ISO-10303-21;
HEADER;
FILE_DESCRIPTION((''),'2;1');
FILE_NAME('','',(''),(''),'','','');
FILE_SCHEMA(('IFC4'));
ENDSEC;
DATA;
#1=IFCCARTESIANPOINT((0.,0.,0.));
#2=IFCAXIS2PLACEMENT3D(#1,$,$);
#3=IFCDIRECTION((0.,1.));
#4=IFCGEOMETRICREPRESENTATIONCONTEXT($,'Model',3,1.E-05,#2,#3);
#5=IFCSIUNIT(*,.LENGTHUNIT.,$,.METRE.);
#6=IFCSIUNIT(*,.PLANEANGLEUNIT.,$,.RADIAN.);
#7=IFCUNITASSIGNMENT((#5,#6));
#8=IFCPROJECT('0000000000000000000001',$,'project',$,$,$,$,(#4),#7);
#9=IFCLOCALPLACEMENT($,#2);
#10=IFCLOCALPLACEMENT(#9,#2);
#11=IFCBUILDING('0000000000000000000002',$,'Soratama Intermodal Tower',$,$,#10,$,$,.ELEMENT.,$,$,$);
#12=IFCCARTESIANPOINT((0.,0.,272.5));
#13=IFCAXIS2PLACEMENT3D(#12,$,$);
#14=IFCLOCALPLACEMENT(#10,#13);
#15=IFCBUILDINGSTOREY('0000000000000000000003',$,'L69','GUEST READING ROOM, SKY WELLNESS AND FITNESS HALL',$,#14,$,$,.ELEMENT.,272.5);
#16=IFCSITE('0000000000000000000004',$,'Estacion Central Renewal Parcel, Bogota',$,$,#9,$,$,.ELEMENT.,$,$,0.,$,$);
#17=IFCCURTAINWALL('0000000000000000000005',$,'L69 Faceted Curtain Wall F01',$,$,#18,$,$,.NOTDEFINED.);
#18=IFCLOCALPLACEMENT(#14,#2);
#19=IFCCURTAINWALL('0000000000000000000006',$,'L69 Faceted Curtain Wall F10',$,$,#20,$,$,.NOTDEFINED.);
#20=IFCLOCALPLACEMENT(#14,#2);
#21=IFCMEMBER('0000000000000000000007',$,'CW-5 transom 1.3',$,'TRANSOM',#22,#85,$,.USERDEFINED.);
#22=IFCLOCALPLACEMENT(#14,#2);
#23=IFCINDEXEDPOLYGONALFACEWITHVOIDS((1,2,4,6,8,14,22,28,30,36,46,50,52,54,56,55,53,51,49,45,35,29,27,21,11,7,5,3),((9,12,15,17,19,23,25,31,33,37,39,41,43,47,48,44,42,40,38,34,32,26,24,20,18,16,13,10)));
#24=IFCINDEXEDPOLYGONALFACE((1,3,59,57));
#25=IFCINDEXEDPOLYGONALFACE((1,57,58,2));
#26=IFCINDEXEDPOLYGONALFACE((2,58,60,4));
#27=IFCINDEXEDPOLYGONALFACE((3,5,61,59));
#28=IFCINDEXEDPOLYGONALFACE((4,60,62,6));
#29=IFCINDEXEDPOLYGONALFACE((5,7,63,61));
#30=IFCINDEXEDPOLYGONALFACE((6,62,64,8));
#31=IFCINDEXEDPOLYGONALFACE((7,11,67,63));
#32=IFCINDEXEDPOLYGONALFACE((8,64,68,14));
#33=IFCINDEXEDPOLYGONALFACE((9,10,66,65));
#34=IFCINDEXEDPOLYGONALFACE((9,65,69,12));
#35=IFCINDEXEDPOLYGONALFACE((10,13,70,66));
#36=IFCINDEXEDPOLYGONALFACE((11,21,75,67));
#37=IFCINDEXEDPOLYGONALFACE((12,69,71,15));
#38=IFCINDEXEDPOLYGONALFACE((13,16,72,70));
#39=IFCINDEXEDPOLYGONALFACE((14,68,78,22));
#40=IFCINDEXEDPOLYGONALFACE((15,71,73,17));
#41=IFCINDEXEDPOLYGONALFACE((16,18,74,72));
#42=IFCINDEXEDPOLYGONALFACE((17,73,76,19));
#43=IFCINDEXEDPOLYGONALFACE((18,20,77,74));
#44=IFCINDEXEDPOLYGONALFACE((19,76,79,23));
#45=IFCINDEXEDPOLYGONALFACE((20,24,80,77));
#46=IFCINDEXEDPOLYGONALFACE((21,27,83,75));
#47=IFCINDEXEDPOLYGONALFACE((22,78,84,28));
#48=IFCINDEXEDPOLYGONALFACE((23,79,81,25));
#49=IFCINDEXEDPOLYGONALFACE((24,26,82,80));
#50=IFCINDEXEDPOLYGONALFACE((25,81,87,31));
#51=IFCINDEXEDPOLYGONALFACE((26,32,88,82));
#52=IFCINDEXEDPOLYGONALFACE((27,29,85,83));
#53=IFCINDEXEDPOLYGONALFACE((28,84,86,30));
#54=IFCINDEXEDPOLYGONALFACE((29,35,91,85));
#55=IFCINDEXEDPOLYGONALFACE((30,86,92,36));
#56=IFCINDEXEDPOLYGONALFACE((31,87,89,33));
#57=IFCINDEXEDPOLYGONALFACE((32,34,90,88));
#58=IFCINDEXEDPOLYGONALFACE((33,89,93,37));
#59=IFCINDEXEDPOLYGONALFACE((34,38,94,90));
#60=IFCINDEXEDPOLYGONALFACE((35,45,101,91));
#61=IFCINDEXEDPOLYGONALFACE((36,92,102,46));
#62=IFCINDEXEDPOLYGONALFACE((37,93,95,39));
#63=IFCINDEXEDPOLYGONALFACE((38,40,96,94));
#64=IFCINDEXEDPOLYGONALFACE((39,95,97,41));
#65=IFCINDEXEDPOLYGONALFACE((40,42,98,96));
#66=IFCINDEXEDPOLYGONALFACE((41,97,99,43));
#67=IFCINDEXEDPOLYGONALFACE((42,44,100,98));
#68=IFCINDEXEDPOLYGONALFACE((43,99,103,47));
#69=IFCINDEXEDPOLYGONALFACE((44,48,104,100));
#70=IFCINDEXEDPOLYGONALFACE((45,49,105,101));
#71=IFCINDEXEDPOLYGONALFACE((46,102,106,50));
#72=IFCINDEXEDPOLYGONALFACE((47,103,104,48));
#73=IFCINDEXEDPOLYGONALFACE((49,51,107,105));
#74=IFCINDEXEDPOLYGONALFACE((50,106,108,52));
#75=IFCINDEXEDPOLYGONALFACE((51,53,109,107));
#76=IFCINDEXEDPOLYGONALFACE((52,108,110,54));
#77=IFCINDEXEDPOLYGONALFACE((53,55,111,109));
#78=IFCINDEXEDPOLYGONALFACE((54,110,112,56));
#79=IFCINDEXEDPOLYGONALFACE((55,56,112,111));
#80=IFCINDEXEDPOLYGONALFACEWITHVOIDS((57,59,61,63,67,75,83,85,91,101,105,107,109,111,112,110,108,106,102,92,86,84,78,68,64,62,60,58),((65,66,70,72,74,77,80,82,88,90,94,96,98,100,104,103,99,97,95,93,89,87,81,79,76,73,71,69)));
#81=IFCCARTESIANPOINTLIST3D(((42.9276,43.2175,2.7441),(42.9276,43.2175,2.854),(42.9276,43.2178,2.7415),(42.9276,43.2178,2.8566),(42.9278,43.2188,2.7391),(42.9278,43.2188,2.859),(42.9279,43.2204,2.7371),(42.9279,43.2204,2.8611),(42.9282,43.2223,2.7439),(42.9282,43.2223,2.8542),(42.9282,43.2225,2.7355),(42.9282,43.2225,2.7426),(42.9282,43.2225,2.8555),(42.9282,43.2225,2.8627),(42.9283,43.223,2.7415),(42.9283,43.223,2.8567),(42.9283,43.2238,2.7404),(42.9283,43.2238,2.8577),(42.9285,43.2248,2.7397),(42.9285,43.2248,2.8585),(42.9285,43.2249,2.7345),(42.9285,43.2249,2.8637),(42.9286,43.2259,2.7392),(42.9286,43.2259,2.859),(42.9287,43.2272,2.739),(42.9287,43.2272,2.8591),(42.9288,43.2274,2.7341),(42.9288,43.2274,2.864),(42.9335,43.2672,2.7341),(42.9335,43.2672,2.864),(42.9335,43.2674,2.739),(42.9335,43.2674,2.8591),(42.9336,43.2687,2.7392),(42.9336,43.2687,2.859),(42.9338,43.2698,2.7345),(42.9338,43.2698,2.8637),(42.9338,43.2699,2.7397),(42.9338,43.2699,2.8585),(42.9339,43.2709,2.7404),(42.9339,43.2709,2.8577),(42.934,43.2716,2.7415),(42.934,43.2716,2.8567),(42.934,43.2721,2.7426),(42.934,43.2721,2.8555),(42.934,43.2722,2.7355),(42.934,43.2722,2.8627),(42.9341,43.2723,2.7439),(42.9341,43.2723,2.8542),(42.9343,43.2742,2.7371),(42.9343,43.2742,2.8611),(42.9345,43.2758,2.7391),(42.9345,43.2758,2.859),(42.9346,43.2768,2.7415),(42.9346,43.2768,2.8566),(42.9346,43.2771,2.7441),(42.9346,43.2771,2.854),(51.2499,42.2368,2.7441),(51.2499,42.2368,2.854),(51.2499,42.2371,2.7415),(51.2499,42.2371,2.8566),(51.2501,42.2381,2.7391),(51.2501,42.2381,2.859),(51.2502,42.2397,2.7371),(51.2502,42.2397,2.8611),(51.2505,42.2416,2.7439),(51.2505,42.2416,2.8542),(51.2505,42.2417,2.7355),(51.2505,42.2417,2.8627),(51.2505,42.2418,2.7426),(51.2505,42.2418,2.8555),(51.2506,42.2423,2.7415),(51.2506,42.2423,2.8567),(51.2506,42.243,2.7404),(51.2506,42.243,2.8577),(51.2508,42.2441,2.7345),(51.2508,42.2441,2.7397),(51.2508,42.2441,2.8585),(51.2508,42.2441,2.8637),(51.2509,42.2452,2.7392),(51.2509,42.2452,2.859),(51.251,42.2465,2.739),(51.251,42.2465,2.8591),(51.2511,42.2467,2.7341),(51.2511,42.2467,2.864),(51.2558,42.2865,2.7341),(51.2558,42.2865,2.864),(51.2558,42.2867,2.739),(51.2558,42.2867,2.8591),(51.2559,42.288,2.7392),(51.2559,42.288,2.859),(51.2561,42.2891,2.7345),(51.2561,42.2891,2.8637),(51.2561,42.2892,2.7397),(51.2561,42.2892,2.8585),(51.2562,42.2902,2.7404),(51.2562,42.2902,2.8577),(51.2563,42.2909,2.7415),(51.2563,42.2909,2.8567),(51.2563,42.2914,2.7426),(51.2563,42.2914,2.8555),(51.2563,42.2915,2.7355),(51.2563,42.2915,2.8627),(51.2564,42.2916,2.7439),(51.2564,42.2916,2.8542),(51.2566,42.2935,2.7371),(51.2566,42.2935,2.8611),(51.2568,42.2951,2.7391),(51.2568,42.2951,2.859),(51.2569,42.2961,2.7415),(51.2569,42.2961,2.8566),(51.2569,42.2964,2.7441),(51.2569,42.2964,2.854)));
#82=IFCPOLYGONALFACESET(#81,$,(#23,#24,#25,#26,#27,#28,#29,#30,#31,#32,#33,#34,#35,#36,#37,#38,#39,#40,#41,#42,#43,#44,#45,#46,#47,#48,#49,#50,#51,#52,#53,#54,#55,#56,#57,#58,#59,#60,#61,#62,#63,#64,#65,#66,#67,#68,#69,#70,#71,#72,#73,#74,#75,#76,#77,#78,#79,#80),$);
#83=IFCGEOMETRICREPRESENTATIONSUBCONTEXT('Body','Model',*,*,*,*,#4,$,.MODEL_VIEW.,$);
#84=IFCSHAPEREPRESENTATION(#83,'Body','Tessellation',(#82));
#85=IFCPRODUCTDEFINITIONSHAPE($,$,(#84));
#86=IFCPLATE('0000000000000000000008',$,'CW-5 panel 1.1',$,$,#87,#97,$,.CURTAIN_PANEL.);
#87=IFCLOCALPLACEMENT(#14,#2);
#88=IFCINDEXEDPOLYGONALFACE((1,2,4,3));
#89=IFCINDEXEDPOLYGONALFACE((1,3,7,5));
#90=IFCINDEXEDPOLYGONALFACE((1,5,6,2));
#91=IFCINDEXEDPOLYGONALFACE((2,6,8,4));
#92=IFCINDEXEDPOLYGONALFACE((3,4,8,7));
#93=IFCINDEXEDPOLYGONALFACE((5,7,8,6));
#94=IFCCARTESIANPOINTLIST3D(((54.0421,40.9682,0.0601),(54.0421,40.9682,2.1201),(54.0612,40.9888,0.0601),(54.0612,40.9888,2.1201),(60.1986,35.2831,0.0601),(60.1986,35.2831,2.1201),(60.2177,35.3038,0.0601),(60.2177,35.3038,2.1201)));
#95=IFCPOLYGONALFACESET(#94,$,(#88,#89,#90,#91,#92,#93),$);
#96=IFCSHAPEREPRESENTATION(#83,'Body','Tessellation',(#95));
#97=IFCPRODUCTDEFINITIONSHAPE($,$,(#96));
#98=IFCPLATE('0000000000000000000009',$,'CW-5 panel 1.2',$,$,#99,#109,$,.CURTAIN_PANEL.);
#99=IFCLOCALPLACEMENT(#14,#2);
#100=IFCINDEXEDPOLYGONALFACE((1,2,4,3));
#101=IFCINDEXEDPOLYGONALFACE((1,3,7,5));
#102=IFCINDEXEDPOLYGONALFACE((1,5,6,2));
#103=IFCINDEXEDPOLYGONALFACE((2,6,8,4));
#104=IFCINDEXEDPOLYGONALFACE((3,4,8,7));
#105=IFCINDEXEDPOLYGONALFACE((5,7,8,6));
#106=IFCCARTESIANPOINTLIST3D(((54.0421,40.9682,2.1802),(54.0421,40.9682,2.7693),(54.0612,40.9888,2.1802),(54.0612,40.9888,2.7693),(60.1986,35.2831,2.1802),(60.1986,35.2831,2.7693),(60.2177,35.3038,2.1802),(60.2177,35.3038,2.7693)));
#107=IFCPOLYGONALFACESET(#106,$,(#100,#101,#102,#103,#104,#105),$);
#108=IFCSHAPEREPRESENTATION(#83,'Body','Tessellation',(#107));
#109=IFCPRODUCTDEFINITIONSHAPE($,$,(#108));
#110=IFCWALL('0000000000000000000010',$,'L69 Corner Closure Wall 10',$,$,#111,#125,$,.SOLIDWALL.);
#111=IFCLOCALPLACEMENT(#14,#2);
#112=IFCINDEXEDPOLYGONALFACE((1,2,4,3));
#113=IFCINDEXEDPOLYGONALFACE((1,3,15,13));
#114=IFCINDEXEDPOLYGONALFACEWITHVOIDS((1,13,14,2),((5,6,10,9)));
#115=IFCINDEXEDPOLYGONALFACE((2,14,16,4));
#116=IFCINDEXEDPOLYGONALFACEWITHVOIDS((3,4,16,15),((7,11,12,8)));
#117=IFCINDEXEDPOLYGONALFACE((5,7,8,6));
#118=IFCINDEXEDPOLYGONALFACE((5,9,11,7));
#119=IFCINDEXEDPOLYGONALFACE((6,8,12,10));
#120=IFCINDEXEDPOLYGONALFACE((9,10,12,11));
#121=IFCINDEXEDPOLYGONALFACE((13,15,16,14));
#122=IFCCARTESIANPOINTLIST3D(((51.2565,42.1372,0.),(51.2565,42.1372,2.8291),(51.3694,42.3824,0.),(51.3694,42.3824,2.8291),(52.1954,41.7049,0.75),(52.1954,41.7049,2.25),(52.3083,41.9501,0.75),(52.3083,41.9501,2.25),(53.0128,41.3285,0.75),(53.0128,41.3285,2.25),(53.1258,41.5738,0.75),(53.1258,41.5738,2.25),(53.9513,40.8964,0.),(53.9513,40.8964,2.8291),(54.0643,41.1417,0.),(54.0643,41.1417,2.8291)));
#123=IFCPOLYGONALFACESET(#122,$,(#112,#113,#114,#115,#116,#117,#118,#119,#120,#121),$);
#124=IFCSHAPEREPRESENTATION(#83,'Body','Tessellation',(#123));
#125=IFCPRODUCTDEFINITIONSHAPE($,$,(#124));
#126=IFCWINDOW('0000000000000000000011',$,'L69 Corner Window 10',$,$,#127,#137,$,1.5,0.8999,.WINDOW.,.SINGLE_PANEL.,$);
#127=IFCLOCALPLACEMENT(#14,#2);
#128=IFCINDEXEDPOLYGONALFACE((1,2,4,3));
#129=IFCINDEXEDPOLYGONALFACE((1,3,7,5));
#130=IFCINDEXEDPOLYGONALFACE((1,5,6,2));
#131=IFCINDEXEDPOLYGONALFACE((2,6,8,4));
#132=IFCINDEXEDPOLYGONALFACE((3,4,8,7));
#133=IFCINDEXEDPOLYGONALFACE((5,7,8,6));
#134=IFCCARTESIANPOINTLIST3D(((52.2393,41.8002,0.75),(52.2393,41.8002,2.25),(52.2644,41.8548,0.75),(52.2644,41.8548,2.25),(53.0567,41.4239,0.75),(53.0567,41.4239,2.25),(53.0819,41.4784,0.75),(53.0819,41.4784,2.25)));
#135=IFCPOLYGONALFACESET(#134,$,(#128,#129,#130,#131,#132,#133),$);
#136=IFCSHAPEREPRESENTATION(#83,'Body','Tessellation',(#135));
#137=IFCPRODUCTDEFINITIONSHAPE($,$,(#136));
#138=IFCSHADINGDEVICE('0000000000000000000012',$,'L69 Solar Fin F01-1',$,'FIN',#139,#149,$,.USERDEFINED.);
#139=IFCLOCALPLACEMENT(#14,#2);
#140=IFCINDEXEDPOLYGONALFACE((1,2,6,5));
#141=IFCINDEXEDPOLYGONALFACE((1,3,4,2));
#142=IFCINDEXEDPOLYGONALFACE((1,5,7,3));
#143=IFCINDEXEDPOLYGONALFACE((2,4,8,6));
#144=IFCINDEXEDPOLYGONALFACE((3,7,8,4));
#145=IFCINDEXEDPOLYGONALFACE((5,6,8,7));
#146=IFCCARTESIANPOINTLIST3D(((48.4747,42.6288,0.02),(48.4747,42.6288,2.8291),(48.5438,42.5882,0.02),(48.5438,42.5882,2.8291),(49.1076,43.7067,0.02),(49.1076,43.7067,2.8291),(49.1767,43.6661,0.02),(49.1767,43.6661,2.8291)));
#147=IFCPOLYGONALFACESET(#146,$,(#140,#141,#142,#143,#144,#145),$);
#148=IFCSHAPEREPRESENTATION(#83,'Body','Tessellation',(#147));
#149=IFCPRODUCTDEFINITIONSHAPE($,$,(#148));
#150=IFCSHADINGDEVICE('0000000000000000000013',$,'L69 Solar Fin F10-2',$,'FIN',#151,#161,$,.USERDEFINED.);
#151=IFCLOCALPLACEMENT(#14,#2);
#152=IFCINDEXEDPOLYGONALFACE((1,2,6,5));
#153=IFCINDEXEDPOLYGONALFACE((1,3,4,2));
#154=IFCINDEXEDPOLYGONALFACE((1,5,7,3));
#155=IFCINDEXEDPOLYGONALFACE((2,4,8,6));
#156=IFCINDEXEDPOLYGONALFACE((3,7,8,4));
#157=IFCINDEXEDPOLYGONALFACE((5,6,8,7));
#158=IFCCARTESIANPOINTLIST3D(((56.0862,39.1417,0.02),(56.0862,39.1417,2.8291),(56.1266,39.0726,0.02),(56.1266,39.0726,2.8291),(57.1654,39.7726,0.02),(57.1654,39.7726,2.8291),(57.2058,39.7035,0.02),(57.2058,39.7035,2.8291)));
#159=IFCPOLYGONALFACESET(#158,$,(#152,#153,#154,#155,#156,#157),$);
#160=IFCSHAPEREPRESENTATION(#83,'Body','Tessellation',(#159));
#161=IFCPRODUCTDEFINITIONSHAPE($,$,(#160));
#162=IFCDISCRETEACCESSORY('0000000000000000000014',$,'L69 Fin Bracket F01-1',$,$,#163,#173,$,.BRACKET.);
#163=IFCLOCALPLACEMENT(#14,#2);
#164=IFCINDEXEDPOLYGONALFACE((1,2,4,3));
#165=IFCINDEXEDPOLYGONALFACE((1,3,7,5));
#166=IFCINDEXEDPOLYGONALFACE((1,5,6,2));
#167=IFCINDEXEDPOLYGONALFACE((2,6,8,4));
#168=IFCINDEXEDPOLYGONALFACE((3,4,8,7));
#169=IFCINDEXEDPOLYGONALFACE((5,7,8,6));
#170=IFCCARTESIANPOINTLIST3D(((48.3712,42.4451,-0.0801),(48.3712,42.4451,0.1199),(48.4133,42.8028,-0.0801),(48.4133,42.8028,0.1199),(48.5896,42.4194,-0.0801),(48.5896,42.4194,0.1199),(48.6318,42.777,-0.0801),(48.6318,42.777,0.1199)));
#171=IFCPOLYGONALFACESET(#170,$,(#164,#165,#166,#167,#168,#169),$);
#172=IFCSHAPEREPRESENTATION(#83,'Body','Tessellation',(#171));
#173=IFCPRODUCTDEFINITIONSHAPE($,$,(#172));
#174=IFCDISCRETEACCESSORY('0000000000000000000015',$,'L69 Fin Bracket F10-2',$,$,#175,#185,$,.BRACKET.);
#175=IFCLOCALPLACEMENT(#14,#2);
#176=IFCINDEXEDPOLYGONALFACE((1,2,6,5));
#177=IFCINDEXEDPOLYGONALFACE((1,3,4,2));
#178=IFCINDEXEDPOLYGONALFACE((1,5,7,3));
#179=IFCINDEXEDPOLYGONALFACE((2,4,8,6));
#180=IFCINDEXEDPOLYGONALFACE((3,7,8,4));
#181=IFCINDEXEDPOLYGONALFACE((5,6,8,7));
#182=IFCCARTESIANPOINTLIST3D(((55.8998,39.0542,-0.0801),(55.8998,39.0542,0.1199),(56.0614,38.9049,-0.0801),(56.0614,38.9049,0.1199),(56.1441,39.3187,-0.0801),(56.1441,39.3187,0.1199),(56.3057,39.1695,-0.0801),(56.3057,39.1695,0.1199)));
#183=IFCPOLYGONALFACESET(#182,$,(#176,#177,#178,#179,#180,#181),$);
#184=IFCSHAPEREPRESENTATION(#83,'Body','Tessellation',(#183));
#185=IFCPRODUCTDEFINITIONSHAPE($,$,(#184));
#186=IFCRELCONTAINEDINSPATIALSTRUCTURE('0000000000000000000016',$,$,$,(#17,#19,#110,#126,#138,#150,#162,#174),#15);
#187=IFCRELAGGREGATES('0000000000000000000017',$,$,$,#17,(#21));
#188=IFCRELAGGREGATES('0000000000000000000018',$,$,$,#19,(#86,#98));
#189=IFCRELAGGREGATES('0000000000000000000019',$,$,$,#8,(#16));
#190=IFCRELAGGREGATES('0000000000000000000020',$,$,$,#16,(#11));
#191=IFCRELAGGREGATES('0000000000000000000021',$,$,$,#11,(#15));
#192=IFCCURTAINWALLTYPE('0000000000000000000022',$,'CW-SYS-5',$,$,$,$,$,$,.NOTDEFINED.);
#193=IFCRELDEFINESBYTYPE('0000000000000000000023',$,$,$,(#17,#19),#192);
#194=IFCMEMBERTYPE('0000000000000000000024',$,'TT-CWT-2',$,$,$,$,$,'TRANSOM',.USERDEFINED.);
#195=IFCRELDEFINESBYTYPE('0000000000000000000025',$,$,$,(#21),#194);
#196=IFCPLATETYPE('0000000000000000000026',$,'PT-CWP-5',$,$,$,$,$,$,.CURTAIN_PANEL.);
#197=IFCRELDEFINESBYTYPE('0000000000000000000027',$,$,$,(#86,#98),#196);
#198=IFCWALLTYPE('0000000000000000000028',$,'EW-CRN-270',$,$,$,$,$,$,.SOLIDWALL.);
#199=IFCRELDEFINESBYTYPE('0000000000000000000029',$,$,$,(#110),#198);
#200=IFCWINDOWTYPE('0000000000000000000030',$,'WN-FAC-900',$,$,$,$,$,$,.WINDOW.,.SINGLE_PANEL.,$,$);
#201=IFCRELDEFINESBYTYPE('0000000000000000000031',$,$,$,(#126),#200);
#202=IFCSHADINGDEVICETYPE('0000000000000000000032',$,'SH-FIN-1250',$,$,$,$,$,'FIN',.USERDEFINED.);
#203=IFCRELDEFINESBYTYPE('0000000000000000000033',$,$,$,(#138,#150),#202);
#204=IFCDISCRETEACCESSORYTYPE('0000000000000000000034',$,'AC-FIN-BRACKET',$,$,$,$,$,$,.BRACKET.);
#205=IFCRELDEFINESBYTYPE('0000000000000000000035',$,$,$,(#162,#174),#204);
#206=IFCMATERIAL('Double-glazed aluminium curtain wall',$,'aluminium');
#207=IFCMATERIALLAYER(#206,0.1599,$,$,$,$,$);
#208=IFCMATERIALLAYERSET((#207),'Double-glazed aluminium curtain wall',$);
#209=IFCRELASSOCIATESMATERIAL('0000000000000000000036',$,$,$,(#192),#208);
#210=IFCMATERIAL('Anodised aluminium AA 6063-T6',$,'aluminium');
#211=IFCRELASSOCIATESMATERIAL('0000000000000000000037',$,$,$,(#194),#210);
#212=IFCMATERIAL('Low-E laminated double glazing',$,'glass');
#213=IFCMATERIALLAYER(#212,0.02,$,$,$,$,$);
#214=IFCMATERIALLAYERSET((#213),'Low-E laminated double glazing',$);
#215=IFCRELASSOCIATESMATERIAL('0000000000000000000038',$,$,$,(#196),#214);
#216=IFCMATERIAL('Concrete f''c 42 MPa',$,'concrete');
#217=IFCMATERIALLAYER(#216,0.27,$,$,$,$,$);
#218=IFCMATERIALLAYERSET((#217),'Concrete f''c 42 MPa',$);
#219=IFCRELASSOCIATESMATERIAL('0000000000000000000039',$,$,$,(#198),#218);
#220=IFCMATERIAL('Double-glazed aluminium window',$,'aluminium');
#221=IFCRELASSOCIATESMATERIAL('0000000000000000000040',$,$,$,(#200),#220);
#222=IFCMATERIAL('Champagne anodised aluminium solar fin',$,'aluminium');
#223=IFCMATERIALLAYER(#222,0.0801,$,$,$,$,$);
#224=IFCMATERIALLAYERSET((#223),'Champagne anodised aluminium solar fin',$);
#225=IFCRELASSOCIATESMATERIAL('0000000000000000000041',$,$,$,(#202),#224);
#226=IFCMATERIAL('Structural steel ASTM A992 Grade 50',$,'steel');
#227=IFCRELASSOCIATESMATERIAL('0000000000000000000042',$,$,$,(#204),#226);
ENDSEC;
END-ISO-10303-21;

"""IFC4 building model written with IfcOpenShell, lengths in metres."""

from ifc_helpers import new_model, si_unit, direction, frame, frame_2d, origin, origin_2d, place, context, subcontext, project, spatial, rectangle, hollow_rectangle, extrude, material, layer, layer_set, material_profile, profile_set, type_object, element, fill, aggregate, save


model = new_model("IFC4")

# Units and contexts
model_context = context("Model", 3, precision=1e-05, world=origin(), true_north=direction((0.0, 1.0)))
body_context = subcontext(model_context, "Body", "Model", "MODEL_VIEW")
ifc_project = project(units=[si_unit("LENGTHUNIT", "METRE"), si_unit("PLANEANGLEUNIT", "RADIAN")], contexts=[model_context])

# Site, building, storey
site_placement = place(None, origin())
site = spatial("IfcSite", under=ifc_project, at=site_placement, Name="Estacion Central Renewal Parcel, Bogota", CompositionType="ELEMENT", RefElevation=0.0)
building_placement = place(site_placement, origin())
building = spatial("IfcBuilding", under=site, at=building_placement, Name="Soratama Intermodal Tower", CompositionType="ELEMENT")
storey_placement = place(building_placement, frame((0.0, 0.0, 272.5)))
storey = spatial("IfcBuildingStorey", under=building, at=storey_placement, Name="L69", Description="GUEST READING ROOM, SKY WELLNESS AND FITNESS HALL", CompositionType="ELEMENT", Elevation=272.5)

# Curtain walls
ifc_material_1 = material(Name="Double-glazed aluminium curtain wall", Category="aluminium")
ifc_layer_1 = layer(ifc_material_1, 0.1599)
ifc_layer_set_1 = layer_set([ifc_layer_1], Name="Double-glazed aluminium curtain wall")
curtain_wall_type = type_object("IfcCurtainWallType", Name="CW-SYS-5", PredefinedType="NOTDEFINED", material=ifc_layer_set_1)
curtain_wall_1_placement = place(storey_placement, origin())
curtain_wall_1 = element("IfcCurtainWall", 1, at=curtain_wall_1_placement, inside=storey, type_object=curtain_wall_type, Name="L69 Faceted Curtain Wall F01", PredefinedType="NOTDEFINED")
curtain_wall_2_placement = place(storey_placement, origin())
curtain_wall_2 = element("IfcCurtainWall", 2, at=curtain_wall_2_placement, inside=storey, type_object=curtain_wall_type, Name="L69 Faceted Curtain Wall F10", PredefinedType="NOTDEFINED")

# Member
ifc_material_2 = material(Name="Anodised aluminium AA 6063-T6", Category="aluminium")
ifc_material_profile_1 = material_profile(ifc_material_2, hollow_rectangle(XDim=0.0601, YDim=0.1299, WallThickness=0.0049, InnerFilletRadius=0.0049, OuterFilletRadius=0.01, at=origin_2d()), Name="CWT130X60X5")
ifc_profile_set_1 = profile_set([ifc_material_profile_1], Name="Anodised aluminium AA 6063-T6")
member_type_1 = type_object("IfcMemberType", Name="TT-CWT-2", ElementType="TRANSOM", PredefinedType="USERDEFINED", material=ifc_profile_set_1)
member_1_placement = place(storey_placement, frame((51.2534, 42.2666, 2.7991), z_axis=(-0.993128, 0.117032, 0.0), x_axis=(-0.117032, -0.993128, 0.0)))
member_1 = element("IfcMember", 3, at=member_1_placement, type_object=member_type_1, Name="CW-5 transom 1.3", ObjectType="TRANSOM", PredefinedType="USERDEFINED", context=body_context, shape_type="SweptSolid", body=[
    extrude(hollow_rectangle(XDim=0.0601, YDim=0.1299, WallThickness=0.0049, InnerFilletRadius=0.0049, OuterFilletRadius=0.01, at=origin_2d()), origin(), (0.0, 0.0, 1.0), 8.3799),
])
aggregate(curtain_wall_1, [member_1])

# Plates
ifc_material_3 = material(Name="Low-E laminated double glazing", Category="glass")
ifc_layer_2 = layer(ifc_material_3, 0.02)
ifc_layer_set_2 = layer_set([ifc_layer_2], Name="Low-E laminated double glazing")
plate_type = type_object("IfcPlateType", Name="PT-CWP-5", PredefinedType="CURTAIN_PANEL", material=ifc_layer_set_2)
plate_1_placement = place(storey_placement, frame((57.1299, 38.136, 0.0601), z_axis=(0.0, 0.0, 1.0), x_axis=(-0.734677, 0.678417, 0.0)))
plate_1 = element("IfcPlate", 4, at=plate_1_placement, type_object=plate_type, Name="CW-5 panel 1.1", PredefinedType="CURTAIN_PANEL", context=body_context, shape_type="SweptSolid", body=[
    extrude(rectangle(XDim=8.3799, YDim=0.0281, at=origin_2d()), origin(), (0.0, 0.0, 1.0), 2.0601),
])
plate_2_placement = place(storey_placement, frame((57.1299, 38.136, 2.1802), z_axis=(0.0, 0.0, 1.0), x_axis=(-0.734677, 0.678417, 0.0)))
plate_2 = element("IfcPlate", 5, at=plate_2_placement, type_object=plate_type, Name="CW-5 panel 1.2", PredefinedType="CURTAIN_PANEL", context=body_context, shape_type="SweptSolid", body=[
    extrude(rectangle(XDim=8.3799, YDim=0.0281, at=origin_2d()), origin(), (0.0, 0.0, 1.0), 0.5891),
])
aggregate(curtain_wall_2, [plate_1, plate_2])

# Wall, opening, window
ifc_material_4 = material(Name="Concrete f'c 42 MPa", Category="concrete")
ifc_layer_3 = layer(ifc_material_4, 0.27)
ifc_layer_set_3 = layer_set([ifc_layer_3], Name="Concrete f'c 42 MPa")
wall_type = type_object("IfcWallType", Name="EW-CRN-270", PredefinedType="SOLIDWALL", material=ifc_layer_set_3)
wall_placement = place(storey_placement, frame((54.0078, 41.019, 0.0), z_axis=(0.0, 0.0, 1.0), x_axis=(-0.908349, 0.418213, 0.0)))
wall = element("IfcWall", 6, at=wall_placement, inside=storey, type_object=wall_type, Name="L69 Corner Closure Wall 10", PredefinedType="SOLIDWALL", context=body_context, shape_type="SweptSolid", body=[
    extrude(rectangle(XDim=2.9668, YDim=0.27, at=frame_2d((1.4834, 0.0))), origin(), (0.0, 0.0, 1.0), 2.8291),
])
opening_placement = place(wall_placement, frame((1.0332, 0.0, 0.75)))
opening = element("IfcOpeningElement", 7, at=opening_placement, cuts=wall, PredefinedType="OPENING", context=body_context, shape_type="SweptSolid", body=[
    extrude(rectangle(XDim=0.8999, YDim=1.5, at=frame_2d((0.45, 0.75))), frame((0.0, 0.145, 0.0), z_axis=(0.0, -1.0, 0.0), x_axis=(1.0, 0.0, 0.0)), (0.0, 0.0, 1.0), 0.29),
])
ifc_material_5 = material(Name="Double-glazed aluminium window", Category="aluminium")
window_type = type_object("IfcWindowType", Name="WN-FAC-900", PartitioningType="SINGLE_PANEL", PredefinedType="WINDOW", material=ifc_material_5)
window_placement = place(opening_placement, origin())
window = element("IfcWindow", 8, at=window_placement, inside=storey, type_object=window_type, Name="L69 Corner Window 10", OverallHeight=1.5, OverallWidth=0.8999, PartitioningType="SINGLE_PANEL", PredefinedType="WINDOW", context=body_context, shape_type="SweptSolid", body=[
    extrude(rectangle(XDim=0.8999, YDim=1.5, at=frame_2d((0.45, 0.75))), frame((0.0, 0.03, 0.0), z_axis=(0.0, -1.0, 0.0), x_axis=(1.0, 0.0, 0.0)), (0.0, 0.0, 1.0), 0.0601),
])
fill(opening, window)

# Shading devices
ifc_material_6 = material(Name="Champagne anodised aluminium solar fin", Category="aluminium")
ifc_layer_4 = layer(ifc_material_6, 0.0801)
ifc_layer_set_4 = layer_set([ifc_layer_4], Name="Champagne anodised aluminium solar fin")
shading_device_type = type_object("IfcShadingDeviceType", Name="SH-FIN-1250", ElementType="FIN", PredefinedType="USERDEFINED", material=ifc_layer_set_4)
for number, where, z_axis, x_axis, name in (
    (9, (48.8257, 43.1475, 0.02), (0.0, 0.0, 1.0), (0.506335, 0.862337, 0.0), "L69 Solar Fin F01-1"),
    (10, (56.646, 39.4226, 0.02), (0.0, 0.0, 1.0), (0.863307, 0.504678, 0.0), "L69 Solar Fin F10-2"),
):
    element("IfcShadingDevice", number, at=place(storey_placement, frame(where, z_axis=z_axis, x_axis=x_axis)), inside=storey, type_object=shading_device_type, Name=name, ObjectType="FIN", PredefinedType="USERDEFINED", context=body_context, shape_type="SweptSolid", body=[
        extrude(rectangle(XDim=1.25, YDim=0.0801, at=origin_2d()), origin(), (0.0, 0.0, 1.0), 2.8091),
    ])

# Discrete accessories
ifc_material_7 = material(Name="Structural steel ASTM A992 Grade 50", Category="steel")
discrete_accessory_type = type_object("IfcDiscreteAccessoryType", Name="AC-FIN-BRACKET", PredefinedType="BRACKET", material=ifc_material_7)
for number, where, z_axis, x_axis, name in (
    (11, (48.5015, 42.6111, -0.0801), (0.0, 0.0, 1.0), (0.117017, 0.99313, 0.0), "L69 Fin Bracket F01-1"),
    (12, (56.1028, 39.1118, -0.0801), (0.0, 0.0, 1.0), (0.678416, 0.734678, 0.0), "L69 Fin Bracket F10-2"),
):
    element("IfcDiscreteAccessory", number, at=place(storey_placement, frame(where, z_axis=z_axis, x_axis=x_axis)), inside=storey, type_object=discrete_accessory_type, Name=name, PredefinedType="BRACKET", context=body_context, shape_type="SweptSolid", body=[
        extrude(rectangle(XDim=0.3601, YDim=0.22, at=origin_2d()), origin(), (0.0, 0.0, 1.0), 0.2),
    ])

save(model, "model.ifc")
